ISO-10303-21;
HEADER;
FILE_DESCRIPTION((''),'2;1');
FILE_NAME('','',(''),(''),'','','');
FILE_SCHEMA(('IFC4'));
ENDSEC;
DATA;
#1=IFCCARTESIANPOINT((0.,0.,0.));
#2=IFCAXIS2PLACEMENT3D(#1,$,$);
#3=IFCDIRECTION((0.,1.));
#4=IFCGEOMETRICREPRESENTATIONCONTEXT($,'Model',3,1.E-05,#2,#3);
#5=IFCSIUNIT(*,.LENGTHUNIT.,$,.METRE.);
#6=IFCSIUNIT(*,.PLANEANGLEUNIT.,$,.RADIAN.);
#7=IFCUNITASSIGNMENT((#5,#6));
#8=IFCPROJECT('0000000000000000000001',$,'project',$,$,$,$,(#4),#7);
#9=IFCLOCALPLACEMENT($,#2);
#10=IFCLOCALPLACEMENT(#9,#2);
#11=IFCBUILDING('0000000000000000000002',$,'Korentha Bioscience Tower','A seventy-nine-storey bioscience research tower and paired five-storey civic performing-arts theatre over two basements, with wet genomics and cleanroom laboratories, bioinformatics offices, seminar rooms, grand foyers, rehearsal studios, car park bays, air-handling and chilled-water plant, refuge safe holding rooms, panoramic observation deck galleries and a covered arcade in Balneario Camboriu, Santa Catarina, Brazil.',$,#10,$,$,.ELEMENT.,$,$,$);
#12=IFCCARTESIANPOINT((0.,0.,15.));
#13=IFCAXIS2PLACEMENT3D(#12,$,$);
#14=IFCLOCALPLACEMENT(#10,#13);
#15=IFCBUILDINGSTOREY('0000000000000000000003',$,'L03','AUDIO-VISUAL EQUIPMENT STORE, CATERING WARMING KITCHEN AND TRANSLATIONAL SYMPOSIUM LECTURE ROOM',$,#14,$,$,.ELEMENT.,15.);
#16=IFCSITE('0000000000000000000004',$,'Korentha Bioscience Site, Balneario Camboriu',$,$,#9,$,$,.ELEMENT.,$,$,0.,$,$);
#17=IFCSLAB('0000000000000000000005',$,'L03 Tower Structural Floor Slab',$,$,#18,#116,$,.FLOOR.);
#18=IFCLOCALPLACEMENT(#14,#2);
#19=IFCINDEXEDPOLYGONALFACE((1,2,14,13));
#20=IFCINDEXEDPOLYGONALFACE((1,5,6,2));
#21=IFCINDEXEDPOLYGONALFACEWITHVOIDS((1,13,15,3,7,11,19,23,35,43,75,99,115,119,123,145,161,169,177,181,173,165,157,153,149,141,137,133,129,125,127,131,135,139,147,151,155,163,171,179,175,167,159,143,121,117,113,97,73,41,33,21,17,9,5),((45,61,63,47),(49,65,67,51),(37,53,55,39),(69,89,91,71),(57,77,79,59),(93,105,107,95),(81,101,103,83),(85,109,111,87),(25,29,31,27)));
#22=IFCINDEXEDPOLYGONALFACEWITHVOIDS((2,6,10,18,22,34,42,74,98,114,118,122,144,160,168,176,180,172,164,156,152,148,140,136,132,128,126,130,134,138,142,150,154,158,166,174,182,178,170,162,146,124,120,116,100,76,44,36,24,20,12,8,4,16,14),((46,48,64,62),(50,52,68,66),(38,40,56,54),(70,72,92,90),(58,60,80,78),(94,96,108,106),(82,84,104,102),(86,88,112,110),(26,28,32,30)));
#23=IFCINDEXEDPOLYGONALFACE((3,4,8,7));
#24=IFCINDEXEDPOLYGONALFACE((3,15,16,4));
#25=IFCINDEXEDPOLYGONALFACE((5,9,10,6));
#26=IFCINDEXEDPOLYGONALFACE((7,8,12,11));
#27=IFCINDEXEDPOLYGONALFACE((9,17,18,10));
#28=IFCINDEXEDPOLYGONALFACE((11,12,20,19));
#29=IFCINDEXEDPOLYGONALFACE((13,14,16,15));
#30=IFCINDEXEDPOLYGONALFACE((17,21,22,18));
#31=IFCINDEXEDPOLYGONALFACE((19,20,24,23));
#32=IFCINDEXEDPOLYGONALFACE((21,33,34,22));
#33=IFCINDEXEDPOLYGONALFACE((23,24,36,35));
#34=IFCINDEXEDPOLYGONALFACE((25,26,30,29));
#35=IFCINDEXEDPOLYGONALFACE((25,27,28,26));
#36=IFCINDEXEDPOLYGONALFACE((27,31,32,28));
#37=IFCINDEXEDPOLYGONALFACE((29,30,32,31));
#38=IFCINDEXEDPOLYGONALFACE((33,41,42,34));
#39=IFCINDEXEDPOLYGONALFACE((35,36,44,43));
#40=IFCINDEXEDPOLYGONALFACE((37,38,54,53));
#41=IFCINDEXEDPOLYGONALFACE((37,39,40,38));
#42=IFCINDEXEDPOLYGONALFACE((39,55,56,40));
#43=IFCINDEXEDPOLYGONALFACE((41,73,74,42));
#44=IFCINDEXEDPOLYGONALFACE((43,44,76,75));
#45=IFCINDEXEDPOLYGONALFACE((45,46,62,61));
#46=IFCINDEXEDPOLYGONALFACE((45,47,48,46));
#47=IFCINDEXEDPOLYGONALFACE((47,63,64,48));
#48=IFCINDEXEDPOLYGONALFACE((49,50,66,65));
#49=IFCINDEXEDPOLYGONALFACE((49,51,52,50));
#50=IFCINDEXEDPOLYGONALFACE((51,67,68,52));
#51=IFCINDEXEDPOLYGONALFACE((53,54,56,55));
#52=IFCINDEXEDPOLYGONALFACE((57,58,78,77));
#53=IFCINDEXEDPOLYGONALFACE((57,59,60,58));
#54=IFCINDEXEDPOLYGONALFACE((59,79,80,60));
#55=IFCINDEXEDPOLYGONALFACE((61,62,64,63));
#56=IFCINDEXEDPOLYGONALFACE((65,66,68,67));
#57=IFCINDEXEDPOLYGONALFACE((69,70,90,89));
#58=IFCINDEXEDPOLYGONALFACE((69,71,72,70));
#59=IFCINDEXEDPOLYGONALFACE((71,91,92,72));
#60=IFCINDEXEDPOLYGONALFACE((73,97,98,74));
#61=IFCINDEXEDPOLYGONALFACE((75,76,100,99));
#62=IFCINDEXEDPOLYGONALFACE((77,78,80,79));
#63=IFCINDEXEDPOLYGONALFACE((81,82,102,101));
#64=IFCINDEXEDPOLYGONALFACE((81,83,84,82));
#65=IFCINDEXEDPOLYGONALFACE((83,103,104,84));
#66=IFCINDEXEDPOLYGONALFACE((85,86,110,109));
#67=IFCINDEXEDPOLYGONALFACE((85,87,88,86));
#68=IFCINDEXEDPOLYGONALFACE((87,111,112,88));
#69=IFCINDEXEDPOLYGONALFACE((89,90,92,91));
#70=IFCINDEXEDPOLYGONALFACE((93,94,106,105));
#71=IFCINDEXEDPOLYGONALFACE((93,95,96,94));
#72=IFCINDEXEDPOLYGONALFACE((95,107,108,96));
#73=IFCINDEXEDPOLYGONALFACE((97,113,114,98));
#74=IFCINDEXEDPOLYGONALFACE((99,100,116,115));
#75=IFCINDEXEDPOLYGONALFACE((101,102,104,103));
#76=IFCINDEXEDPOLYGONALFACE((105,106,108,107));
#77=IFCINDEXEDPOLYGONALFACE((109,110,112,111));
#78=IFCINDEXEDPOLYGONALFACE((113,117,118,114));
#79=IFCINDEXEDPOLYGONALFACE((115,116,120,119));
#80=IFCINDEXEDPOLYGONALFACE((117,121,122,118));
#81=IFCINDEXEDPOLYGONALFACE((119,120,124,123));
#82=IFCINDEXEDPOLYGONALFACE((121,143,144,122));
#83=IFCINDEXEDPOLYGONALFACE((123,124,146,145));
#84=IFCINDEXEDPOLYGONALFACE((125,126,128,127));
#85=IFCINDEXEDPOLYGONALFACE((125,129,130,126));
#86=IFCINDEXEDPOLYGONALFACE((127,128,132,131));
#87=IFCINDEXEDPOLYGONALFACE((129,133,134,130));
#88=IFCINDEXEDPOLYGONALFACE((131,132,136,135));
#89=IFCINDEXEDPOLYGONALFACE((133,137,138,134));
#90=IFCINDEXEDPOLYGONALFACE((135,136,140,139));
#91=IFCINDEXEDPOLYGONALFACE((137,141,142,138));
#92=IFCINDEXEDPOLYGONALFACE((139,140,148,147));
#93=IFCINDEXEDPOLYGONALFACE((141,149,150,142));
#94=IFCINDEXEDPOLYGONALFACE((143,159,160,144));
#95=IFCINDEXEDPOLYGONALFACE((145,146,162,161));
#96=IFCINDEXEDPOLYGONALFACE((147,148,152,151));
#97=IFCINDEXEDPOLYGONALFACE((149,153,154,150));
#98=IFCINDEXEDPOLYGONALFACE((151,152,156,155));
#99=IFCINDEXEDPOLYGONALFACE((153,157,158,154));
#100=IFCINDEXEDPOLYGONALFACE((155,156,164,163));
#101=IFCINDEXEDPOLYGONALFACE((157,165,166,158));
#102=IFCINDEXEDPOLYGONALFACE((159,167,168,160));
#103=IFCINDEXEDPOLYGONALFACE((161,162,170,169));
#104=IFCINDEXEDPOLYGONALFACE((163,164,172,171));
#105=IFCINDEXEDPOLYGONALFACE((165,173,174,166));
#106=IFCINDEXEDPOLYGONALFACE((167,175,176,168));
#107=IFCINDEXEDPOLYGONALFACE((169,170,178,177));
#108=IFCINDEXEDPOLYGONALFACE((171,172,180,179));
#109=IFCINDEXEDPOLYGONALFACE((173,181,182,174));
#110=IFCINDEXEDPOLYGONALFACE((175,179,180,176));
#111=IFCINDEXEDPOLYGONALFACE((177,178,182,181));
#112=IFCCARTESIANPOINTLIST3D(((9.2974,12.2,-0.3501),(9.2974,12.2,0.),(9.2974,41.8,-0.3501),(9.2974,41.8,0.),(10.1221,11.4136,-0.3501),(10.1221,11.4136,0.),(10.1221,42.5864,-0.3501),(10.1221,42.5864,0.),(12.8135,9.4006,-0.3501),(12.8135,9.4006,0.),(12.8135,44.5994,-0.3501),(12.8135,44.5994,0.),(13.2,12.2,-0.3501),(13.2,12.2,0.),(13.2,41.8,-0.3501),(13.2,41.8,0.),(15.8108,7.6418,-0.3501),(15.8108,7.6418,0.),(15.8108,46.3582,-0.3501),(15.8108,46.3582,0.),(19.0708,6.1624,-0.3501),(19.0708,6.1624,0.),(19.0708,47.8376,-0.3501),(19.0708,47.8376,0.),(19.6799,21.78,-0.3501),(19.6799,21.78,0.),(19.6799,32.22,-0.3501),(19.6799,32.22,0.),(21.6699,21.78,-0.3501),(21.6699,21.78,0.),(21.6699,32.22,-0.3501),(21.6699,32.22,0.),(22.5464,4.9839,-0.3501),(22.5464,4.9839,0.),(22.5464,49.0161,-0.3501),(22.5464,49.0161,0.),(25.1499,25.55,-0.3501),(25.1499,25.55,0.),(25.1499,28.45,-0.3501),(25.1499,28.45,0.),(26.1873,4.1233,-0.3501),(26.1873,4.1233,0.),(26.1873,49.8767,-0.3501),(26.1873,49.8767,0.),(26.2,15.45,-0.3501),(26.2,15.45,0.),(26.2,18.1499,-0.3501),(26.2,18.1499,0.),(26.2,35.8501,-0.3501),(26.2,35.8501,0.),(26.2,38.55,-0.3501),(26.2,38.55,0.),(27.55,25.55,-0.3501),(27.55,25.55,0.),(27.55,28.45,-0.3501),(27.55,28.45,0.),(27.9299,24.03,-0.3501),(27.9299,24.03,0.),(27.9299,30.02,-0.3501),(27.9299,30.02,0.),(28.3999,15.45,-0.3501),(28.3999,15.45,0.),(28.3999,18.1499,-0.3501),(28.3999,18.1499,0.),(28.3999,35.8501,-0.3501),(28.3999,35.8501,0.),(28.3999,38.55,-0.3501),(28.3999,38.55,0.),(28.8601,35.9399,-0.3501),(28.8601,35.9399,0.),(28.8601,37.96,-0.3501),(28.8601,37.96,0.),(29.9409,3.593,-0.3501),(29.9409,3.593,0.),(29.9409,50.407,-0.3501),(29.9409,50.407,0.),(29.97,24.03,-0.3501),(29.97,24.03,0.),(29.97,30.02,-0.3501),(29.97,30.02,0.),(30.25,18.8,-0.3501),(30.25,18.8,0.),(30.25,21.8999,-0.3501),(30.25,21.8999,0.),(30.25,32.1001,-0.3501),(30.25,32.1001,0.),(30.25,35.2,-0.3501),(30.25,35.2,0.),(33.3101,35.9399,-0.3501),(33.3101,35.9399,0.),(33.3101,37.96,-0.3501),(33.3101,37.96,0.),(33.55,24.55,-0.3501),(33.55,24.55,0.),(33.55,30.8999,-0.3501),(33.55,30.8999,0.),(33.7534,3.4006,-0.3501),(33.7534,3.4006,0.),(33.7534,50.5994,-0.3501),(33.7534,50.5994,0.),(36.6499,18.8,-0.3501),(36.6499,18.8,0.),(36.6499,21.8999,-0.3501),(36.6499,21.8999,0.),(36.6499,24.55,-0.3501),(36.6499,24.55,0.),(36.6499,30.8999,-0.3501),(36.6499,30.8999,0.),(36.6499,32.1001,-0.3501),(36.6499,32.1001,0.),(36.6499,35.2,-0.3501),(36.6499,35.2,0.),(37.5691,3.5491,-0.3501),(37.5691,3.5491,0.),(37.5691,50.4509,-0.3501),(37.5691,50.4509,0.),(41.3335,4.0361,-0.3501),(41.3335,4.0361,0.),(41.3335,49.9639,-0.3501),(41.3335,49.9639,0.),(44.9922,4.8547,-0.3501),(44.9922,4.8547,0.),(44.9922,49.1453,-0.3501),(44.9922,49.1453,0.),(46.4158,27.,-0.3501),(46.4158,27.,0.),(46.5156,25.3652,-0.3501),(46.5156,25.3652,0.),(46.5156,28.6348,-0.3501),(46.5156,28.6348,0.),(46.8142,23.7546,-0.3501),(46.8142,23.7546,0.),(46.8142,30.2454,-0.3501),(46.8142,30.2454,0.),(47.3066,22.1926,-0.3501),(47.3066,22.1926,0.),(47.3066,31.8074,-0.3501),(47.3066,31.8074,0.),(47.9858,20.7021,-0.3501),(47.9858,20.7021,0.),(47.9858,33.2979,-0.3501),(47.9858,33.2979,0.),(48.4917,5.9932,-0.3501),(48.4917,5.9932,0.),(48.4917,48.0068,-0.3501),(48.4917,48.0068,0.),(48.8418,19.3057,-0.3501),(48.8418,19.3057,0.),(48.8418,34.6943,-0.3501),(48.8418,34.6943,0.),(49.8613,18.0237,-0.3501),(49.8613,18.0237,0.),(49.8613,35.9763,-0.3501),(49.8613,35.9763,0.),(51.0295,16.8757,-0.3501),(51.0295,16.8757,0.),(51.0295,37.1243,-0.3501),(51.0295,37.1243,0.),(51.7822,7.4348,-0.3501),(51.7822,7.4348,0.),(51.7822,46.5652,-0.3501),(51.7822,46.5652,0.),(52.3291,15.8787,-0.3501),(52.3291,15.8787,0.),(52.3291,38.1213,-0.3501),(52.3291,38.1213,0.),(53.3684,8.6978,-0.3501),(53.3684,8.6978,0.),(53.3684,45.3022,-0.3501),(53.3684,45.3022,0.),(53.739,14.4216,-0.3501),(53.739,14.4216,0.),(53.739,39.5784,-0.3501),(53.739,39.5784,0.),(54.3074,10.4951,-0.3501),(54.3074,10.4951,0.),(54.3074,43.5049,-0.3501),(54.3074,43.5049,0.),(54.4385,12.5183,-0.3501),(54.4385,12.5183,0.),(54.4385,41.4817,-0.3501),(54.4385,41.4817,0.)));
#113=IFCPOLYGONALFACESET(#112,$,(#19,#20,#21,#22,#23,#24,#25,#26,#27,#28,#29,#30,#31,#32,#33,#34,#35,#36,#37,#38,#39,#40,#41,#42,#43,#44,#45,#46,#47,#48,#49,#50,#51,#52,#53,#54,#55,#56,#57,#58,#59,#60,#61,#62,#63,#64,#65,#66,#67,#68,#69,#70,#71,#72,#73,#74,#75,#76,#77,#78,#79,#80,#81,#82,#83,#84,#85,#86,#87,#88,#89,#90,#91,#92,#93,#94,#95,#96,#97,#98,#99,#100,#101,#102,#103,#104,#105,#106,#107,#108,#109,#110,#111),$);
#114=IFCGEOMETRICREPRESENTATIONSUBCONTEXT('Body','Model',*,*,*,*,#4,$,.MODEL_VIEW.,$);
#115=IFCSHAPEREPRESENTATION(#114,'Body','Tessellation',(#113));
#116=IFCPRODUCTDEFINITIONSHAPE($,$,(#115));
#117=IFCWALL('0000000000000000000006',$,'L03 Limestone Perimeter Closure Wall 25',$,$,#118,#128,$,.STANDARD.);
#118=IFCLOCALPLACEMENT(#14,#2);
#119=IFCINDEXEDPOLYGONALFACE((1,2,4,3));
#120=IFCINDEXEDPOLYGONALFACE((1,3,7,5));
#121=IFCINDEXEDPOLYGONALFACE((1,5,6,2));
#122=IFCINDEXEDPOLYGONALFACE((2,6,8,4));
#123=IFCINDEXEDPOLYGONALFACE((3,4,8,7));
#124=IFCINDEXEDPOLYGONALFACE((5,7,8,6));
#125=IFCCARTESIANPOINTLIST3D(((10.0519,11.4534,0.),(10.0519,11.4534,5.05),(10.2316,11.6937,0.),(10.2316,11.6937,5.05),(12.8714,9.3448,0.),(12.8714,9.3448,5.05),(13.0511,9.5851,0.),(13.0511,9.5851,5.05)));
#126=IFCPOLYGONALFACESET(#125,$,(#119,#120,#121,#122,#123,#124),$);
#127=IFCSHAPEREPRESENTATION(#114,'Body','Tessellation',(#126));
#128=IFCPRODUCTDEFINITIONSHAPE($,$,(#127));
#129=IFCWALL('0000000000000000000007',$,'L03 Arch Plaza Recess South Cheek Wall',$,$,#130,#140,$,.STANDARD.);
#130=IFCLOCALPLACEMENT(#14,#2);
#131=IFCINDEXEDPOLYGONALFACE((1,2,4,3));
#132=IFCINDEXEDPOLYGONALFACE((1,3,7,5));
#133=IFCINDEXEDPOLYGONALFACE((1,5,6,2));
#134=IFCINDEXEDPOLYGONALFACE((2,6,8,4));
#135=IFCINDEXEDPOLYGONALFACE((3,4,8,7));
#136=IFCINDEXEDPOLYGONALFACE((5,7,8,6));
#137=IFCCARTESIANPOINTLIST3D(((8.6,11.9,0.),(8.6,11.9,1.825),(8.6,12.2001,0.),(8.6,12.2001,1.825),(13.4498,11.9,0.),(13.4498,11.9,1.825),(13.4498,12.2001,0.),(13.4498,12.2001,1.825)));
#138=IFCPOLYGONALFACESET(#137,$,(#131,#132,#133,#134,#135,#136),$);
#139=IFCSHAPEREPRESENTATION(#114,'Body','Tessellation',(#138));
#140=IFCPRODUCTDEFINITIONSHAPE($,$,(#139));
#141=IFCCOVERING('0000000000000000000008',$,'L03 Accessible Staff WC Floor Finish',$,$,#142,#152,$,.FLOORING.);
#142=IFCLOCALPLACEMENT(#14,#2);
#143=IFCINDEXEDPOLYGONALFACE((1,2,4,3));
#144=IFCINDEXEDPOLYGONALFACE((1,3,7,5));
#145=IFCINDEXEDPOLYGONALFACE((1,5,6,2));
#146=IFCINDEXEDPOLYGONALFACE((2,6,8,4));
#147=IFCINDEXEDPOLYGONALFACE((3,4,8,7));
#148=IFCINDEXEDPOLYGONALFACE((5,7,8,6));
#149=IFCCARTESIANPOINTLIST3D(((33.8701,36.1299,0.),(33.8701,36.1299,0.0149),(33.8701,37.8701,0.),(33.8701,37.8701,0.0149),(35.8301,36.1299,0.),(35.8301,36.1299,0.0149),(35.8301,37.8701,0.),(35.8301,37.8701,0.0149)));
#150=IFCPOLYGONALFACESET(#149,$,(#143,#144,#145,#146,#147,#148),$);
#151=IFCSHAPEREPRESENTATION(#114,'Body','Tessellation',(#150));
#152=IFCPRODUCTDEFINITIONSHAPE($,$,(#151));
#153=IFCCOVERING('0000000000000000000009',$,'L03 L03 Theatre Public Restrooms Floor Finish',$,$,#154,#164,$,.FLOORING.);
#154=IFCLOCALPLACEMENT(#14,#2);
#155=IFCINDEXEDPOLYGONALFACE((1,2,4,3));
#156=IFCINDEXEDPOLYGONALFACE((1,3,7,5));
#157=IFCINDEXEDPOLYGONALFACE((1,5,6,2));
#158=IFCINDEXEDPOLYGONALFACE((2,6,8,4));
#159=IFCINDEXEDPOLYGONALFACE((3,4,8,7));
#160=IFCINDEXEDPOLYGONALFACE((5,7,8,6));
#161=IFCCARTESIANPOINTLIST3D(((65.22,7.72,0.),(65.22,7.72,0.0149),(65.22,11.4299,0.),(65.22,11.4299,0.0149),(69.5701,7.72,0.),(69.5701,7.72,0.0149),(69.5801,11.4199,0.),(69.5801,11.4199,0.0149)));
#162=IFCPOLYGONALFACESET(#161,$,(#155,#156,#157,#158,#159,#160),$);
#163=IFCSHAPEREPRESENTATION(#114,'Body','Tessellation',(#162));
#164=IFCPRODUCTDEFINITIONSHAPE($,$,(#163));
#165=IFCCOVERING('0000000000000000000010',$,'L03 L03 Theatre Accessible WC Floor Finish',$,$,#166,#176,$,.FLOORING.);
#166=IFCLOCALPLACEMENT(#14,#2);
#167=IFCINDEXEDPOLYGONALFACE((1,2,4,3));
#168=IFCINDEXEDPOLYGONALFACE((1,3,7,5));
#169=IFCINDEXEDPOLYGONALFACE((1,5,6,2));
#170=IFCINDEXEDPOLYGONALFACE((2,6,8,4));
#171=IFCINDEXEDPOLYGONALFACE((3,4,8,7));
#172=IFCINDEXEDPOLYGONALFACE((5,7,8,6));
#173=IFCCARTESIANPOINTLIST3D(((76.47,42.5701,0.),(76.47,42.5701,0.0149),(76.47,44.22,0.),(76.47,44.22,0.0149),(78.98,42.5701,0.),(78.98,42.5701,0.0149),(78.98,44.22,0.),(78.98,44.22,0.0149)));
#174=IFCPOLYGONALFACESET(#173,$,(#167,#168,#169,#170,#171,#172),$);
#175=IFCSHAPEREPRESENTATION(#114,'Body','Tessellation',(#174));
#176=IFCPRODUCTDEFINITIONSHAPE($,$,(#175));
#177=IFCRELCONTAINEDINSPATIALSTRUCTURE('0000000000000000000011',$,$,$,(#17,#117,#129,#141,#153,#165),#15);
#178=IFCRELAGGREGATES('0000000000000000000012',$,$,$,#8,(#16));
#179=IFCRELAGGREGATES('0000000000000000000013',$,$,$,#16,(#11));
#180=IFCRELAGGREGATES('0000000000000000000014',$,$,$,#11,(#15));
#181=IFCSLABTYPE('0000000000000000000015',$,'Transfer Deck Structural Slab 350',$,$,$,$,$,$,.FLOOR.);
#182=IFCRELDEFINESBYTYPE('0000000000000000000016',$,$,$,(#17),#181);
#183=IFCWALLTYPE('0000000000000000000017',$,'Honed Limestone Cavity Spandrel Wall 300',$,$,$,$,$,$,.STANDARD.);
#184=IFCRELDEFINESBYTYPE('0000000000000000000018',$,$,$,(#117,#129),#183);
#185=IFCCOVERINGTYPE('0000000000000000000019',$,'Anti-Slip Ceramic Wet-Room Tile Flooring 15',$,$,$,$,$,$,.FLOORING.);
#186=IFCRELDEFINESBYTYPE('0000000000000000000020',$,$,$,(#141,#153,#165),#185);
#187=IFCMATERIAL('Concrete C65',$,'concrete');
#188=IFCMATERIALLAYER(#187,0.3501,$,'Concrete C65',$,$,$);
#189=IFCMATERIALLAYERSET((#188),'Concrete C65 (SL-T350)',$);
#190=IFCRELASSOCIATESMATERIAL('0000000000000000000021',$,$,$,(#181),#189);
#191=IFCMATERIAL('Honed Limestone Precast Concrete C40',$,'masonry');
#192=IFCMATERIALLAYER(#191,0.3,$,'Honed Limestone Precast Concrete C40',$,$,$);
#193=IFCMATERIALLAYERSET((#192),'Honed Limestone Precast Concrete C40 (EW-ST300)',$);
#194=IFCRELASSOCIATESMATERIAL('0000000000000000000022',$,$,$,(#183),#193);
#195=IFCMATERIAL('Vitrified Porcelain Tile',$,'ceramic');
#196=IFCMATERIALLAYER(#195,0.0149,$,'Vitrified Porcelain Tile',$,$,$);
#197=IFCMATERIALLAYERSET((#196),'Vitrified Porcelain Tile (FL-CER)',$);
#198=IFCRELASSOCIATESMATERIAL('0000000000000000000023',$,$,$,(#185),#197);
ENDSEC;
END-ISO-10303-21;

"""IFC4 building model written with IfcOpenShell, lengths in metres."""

from ifc_helpers import new_model, si_unit, direction, frame, frame_2d, origin, place, context, subcontext, project, spatial, polyline, rectangle, outline, extrude, material, layer, layer_set, type_object, element, save


model = new_model("IFC4")

# Units and contexts
model_context = context("Model", 3, precision=1e-05, world=origin(), true_north=direction((0.0, 1.0)))
body_context = subcontext(model_context, "Body", "Model", "MODEL_VIEW")
ifc_project = project(units=[si_unit("LENGTHUNIT", "METRE"), si_unit("PLANEANGLEUNIT", "RADIAN")], contexts=[model_context])

# Site, building, storey
site_placement = place(None, origin())
site = spatial("IfcSite", under=ifc_project, at=site_placement, Name="Korentha Bioscience Site, Balneario Camboriu", CompositionType="ELEMENT", RefElevation=0.0)
building_placement = place(site_placement, origin())
building = spatial("IfcBuilding", under=site, at=building_placement, Name="Korentha Bioscience Tower", Description="A seventy-nine-storey bioscience research tower and paired five-storey civic performing-arts theatre over two basements, with wet genomics and cleanroom laboratories, bioinformatics offices, seminar rooms, grand foyers, rehearsal studios, car park bays, air-handling and chilled-water plant, refuge safe holding rooms, panoramic observation deck galleries and a covered arcade in Balneario Camboriu, Santa Catarina, Brazil.", CompositionType="ELEMENT")
storey_placement = place(building_placement, frame((0.0, 0.0, 15.0)))
storey = spatial("IfcBuildingStorey", under=building, at=storey_placement, Name="L03", Description="AUDIO-VISUAL EQUIPMENT STORE, CATERING WARMING KITCHEN AND TRANSLATIONAL SYMPOSIUM LECTURE ROOM", CompositionType="ELEMENT", Elevation=15.0)

# Slab
ifc_material_1 = material(Name="Concrete C65", Category="concrete")
ifc_layer_1 = layer(ifc_material_1, 0.3501, Name="Concrete C65")
ifc_layer_set_1 = layer_set([ifc_layer_1], Name="Concrete C65 (SL-T350)")
slab_type_1 = type_object("IfcSlabType", Name="Transfer Deck Structural Slab 350", PredefinedType="FLOOR", material=ifc_layer_set_1)
slab_1_placement = place(storey_placement, frame((0.0, 0.0, -0.3501)))
element("IfcSlab", 1, at=slab_1_placement, inside=storey, type_object=slab_type_1, Name="L03 Tower Structural Floor Slab", PredefinedType="FLOOR", context=body_context, shape_type="SweptSolid", body=[
    extrude(outline(polyline([(9.2974, 41.8), (13.2, 41.8), (13.2, 12.2), (9.2974, 12.2), (10.1221, 11.4136), (12.8135, 9.4006), (15.8108, 7.6418), (19.0708, 6.1624), (22.5464, 4.9839), (26.1873, 4.1233), (29.9409, 3.593), (33.7534, 3.4006), (37.5691, 3.5491), (41.3335, 4.0361), (44.9922, 4.8547), (48.4917, 5.9932), (51.7822, 7.4348), (53.3684, 8.6978), (54.3074, 10.4951), (54.4385, 12.5183), (53.739, 14.4216), (52.3291, 15.8787), (51.0295, 16.8757), (49.8613, 18.0237), (48.8418, 19.3057), (47.9858, 20.7021), (47.3066, 22.1926), (46.8142, 23.7546), (46.5156, 25.3652), (46.4158, 27.0), (46.5156, 28.6348), (46.8142, 30.2454), (47.3066, 31.8074), (47.9858, 33.2979), (48.8418, 34.6943), (49.8613, 35.9763), (51.0295, 37.1243), (52.3291, 38.1213), (53.739, 39.5784), (54.4385, 41.4817), (54.3074, 43.5049), (53.3684, 45.3022), (51.7822, 46.5652), (48.4917, 48.0068), (44.9922, 49.1453), (41.3335, 49.9639), (37.5691, 50.4509), (33.7534, 50.5994), (29.9409, 50.407), (26.1873, 49.8767), (22.5464, 49.0161), (19.0708, 47.8376), (15.8108, 46.3582), (12.8135, 44.5994), (10.1221, 42.5864), (9.2974, 41.8)]), holes=[polyline([(30.25, 32.1001), (36.6499, 32.1001), (36.6499, 35.2), (30.25, 35.2), (30.25, 32.1001)]), polyline([(30.25, 18.8), (36.6499, 18.8), (36.6499, 21.8999), (30.25, 21.8999), (30.25, 18.8)]), polyline([(36.6499, 24.55), (36.6499, 30.8999), (33.55, 30.8999), (33.55, 24.55), (36.6499, 24.55)]), polyline([(19.6799, 21.78), (21.6699, 21.78), (21.6699, 32.22), (19.6799, 32.22), (19.6799, 21.78)]), polyline([(27.9299, 24.03), (29.97, 24.03), (29.97, 30.02), (27.9299, 30.02), (27.9299, 24.03)]), polyline([(28.8601, 35.9399), (33.3101, 35.9399), (33.3101, 37.96), (28.8601, 37.96), (28.8601, 35.9399)]), polyline([(26.2, 15.45), (28.3999, 15.45), (28.3999, 18.1499), (26.2, 18.1499), (26.2, 15.45)]), polyline([(26.2, 35.8501), (28.3999, 35.8501), (28.3999, 38.55), (26.2, 38.55), (26.2, 35.8501)]), polyline([(25.1499, 25.55), (27.55, 25.55), (27.55, 28.45), (25.1499, 28.45), (25.1499, 25.55)])]), origin(), (0.0, 0.0, 1.0), 0.3501),
])

# Walls
ifc_material_2 = material(Name="Honed Limestone Precast Concrete C40", Category="masonry")
ifc_layer_2 = layer(ifc_material_2, 0.3, Name="Honed Limestone Precast Concrete C40")
ifc_layer_set_2 = layer_set([ifc_layer_2], Name="Honed Limestone Precast Concrete C40 (EW-ST300)")
wall_type = type_object("IfcWallType", Name="Honed Limestone Cavity Spandrel Wall 300", PredefinedType="STANDARD", material=ifc_layer_set_2)
wall_1_placement = place(storey_placement, frame((10.1418, 11.5735, 0.0), z_axis=(0.0, 0.0, 1.0), x_axis=(0.800823, -0.598901, 0.0)))
element("IfcWall", 2, at=wall_1_placement, inside=storey, type_object=wall_type, Name="L03 Limestone Perimeter Closure Wall 25", PredefinedType="STANDARD", context=body_context, shape_type="SweptSolid", body=[
    extrude(rectangle(XDim=3.5208, YDim=0.3, at=frame_2d((1.7603, 0.0))), origin(), (0.0, 0.0, 1.0), 5.05),
])
wall_2_placement = place(storey_placement, frame((8.6001, 12.05, 0.0), z_axis=(0.0, 0.0, 1.0), x_axis=(1.0, 0.0, 0.0)))
element("IfcWall", 3, at=wall_2_placement, inside=storey, type_object=wall_type, Name="L03 Arch Plaza Recess South Cheek Wall", PredefinedType="STANDARD", context=body_context, shape_type="SweptSolid", body=[
    extrude(rectangle(XDim=4.8499, YDim=0.3, at=frame_2d((2.4248, 0.0))), origin(), (0.0, 0.0, 1.0), 1.825),
])

# Coverings
ifc_material_3 = material(Name="Vitrified Porcelain Tile", Category="ceramic")
ifc_layer_3 = layer(ifc_material_3, 0.0149, Name="Vitrified Porcelain Tile")
ifc_layer_set_3 = layer_set([ifc_layer_3], Name="Vitrified Porcelain Tile (FL-CER)")
covering_type_1 = type_object("IfcCoveringType", Name="Anti-Slip Ceramic Wet-Room Tile Flooring 15", PredefinedType="FLOORING", material=ifc_layer_set_3)
covering_1_placement = place(storey_placement, origin())
element("IfcCovering", 4, at=covering_1_placement, inside=storey, type_object=covering_type_1, Name="L03 Accessible Staff WC Floor Finish", PredefinedType="FLOORING", context=body_context, shape_type="SweptSolid", body=[
    extrude(outline(polyline([(33.8701, 36.1299), (33.8701, 37.8701), (35.8301, 37.8701), (35.8301, 36.1299), (33.8701, 36.1299)])), origin(), (0.0, 0.0, 1.0), 0.0149),
])
covering_2_placement = place(storey_placement, origin())
element("IfcCovering", 5, at=covering_2_placement, inside=storey, type_object=covering_type_1, Name="L03 L03 Theatre Public Restrooms Floor Finish", PredefinedType="FLOORING", context=body_context, shape_type="SweptSolid", body=[
    extrude(outline(polyline([(65.22, 11.4299), (69.5801, 11.4199), (69.5701, 7.72), (65.22, 7.72), (65.22, 11.4299)])), origin(), (0.0, 0.0, 1.0), 0.0149),
])
covering_3_placement = place(storey_placement, origin())
element("IfcCovering", 6, at=covering_3_placement, inside=storey, type_object=covering_type_1, Name="L03 L03 Theatre Accessible WC Floor Finish", PredefinedType="FLOORING", context=body_context, shape_type="SweptSolid", body=[
    extrude(outline(polyline([(76.47, 42.5701), (76.47, 44.22), (78.98, 44.22), (78.98, 42.5701), (76.47, 42.5701)])), origin(), (0.0, 0.0, 1.0), 0.0149),
])

save(model, "model.ifc")
